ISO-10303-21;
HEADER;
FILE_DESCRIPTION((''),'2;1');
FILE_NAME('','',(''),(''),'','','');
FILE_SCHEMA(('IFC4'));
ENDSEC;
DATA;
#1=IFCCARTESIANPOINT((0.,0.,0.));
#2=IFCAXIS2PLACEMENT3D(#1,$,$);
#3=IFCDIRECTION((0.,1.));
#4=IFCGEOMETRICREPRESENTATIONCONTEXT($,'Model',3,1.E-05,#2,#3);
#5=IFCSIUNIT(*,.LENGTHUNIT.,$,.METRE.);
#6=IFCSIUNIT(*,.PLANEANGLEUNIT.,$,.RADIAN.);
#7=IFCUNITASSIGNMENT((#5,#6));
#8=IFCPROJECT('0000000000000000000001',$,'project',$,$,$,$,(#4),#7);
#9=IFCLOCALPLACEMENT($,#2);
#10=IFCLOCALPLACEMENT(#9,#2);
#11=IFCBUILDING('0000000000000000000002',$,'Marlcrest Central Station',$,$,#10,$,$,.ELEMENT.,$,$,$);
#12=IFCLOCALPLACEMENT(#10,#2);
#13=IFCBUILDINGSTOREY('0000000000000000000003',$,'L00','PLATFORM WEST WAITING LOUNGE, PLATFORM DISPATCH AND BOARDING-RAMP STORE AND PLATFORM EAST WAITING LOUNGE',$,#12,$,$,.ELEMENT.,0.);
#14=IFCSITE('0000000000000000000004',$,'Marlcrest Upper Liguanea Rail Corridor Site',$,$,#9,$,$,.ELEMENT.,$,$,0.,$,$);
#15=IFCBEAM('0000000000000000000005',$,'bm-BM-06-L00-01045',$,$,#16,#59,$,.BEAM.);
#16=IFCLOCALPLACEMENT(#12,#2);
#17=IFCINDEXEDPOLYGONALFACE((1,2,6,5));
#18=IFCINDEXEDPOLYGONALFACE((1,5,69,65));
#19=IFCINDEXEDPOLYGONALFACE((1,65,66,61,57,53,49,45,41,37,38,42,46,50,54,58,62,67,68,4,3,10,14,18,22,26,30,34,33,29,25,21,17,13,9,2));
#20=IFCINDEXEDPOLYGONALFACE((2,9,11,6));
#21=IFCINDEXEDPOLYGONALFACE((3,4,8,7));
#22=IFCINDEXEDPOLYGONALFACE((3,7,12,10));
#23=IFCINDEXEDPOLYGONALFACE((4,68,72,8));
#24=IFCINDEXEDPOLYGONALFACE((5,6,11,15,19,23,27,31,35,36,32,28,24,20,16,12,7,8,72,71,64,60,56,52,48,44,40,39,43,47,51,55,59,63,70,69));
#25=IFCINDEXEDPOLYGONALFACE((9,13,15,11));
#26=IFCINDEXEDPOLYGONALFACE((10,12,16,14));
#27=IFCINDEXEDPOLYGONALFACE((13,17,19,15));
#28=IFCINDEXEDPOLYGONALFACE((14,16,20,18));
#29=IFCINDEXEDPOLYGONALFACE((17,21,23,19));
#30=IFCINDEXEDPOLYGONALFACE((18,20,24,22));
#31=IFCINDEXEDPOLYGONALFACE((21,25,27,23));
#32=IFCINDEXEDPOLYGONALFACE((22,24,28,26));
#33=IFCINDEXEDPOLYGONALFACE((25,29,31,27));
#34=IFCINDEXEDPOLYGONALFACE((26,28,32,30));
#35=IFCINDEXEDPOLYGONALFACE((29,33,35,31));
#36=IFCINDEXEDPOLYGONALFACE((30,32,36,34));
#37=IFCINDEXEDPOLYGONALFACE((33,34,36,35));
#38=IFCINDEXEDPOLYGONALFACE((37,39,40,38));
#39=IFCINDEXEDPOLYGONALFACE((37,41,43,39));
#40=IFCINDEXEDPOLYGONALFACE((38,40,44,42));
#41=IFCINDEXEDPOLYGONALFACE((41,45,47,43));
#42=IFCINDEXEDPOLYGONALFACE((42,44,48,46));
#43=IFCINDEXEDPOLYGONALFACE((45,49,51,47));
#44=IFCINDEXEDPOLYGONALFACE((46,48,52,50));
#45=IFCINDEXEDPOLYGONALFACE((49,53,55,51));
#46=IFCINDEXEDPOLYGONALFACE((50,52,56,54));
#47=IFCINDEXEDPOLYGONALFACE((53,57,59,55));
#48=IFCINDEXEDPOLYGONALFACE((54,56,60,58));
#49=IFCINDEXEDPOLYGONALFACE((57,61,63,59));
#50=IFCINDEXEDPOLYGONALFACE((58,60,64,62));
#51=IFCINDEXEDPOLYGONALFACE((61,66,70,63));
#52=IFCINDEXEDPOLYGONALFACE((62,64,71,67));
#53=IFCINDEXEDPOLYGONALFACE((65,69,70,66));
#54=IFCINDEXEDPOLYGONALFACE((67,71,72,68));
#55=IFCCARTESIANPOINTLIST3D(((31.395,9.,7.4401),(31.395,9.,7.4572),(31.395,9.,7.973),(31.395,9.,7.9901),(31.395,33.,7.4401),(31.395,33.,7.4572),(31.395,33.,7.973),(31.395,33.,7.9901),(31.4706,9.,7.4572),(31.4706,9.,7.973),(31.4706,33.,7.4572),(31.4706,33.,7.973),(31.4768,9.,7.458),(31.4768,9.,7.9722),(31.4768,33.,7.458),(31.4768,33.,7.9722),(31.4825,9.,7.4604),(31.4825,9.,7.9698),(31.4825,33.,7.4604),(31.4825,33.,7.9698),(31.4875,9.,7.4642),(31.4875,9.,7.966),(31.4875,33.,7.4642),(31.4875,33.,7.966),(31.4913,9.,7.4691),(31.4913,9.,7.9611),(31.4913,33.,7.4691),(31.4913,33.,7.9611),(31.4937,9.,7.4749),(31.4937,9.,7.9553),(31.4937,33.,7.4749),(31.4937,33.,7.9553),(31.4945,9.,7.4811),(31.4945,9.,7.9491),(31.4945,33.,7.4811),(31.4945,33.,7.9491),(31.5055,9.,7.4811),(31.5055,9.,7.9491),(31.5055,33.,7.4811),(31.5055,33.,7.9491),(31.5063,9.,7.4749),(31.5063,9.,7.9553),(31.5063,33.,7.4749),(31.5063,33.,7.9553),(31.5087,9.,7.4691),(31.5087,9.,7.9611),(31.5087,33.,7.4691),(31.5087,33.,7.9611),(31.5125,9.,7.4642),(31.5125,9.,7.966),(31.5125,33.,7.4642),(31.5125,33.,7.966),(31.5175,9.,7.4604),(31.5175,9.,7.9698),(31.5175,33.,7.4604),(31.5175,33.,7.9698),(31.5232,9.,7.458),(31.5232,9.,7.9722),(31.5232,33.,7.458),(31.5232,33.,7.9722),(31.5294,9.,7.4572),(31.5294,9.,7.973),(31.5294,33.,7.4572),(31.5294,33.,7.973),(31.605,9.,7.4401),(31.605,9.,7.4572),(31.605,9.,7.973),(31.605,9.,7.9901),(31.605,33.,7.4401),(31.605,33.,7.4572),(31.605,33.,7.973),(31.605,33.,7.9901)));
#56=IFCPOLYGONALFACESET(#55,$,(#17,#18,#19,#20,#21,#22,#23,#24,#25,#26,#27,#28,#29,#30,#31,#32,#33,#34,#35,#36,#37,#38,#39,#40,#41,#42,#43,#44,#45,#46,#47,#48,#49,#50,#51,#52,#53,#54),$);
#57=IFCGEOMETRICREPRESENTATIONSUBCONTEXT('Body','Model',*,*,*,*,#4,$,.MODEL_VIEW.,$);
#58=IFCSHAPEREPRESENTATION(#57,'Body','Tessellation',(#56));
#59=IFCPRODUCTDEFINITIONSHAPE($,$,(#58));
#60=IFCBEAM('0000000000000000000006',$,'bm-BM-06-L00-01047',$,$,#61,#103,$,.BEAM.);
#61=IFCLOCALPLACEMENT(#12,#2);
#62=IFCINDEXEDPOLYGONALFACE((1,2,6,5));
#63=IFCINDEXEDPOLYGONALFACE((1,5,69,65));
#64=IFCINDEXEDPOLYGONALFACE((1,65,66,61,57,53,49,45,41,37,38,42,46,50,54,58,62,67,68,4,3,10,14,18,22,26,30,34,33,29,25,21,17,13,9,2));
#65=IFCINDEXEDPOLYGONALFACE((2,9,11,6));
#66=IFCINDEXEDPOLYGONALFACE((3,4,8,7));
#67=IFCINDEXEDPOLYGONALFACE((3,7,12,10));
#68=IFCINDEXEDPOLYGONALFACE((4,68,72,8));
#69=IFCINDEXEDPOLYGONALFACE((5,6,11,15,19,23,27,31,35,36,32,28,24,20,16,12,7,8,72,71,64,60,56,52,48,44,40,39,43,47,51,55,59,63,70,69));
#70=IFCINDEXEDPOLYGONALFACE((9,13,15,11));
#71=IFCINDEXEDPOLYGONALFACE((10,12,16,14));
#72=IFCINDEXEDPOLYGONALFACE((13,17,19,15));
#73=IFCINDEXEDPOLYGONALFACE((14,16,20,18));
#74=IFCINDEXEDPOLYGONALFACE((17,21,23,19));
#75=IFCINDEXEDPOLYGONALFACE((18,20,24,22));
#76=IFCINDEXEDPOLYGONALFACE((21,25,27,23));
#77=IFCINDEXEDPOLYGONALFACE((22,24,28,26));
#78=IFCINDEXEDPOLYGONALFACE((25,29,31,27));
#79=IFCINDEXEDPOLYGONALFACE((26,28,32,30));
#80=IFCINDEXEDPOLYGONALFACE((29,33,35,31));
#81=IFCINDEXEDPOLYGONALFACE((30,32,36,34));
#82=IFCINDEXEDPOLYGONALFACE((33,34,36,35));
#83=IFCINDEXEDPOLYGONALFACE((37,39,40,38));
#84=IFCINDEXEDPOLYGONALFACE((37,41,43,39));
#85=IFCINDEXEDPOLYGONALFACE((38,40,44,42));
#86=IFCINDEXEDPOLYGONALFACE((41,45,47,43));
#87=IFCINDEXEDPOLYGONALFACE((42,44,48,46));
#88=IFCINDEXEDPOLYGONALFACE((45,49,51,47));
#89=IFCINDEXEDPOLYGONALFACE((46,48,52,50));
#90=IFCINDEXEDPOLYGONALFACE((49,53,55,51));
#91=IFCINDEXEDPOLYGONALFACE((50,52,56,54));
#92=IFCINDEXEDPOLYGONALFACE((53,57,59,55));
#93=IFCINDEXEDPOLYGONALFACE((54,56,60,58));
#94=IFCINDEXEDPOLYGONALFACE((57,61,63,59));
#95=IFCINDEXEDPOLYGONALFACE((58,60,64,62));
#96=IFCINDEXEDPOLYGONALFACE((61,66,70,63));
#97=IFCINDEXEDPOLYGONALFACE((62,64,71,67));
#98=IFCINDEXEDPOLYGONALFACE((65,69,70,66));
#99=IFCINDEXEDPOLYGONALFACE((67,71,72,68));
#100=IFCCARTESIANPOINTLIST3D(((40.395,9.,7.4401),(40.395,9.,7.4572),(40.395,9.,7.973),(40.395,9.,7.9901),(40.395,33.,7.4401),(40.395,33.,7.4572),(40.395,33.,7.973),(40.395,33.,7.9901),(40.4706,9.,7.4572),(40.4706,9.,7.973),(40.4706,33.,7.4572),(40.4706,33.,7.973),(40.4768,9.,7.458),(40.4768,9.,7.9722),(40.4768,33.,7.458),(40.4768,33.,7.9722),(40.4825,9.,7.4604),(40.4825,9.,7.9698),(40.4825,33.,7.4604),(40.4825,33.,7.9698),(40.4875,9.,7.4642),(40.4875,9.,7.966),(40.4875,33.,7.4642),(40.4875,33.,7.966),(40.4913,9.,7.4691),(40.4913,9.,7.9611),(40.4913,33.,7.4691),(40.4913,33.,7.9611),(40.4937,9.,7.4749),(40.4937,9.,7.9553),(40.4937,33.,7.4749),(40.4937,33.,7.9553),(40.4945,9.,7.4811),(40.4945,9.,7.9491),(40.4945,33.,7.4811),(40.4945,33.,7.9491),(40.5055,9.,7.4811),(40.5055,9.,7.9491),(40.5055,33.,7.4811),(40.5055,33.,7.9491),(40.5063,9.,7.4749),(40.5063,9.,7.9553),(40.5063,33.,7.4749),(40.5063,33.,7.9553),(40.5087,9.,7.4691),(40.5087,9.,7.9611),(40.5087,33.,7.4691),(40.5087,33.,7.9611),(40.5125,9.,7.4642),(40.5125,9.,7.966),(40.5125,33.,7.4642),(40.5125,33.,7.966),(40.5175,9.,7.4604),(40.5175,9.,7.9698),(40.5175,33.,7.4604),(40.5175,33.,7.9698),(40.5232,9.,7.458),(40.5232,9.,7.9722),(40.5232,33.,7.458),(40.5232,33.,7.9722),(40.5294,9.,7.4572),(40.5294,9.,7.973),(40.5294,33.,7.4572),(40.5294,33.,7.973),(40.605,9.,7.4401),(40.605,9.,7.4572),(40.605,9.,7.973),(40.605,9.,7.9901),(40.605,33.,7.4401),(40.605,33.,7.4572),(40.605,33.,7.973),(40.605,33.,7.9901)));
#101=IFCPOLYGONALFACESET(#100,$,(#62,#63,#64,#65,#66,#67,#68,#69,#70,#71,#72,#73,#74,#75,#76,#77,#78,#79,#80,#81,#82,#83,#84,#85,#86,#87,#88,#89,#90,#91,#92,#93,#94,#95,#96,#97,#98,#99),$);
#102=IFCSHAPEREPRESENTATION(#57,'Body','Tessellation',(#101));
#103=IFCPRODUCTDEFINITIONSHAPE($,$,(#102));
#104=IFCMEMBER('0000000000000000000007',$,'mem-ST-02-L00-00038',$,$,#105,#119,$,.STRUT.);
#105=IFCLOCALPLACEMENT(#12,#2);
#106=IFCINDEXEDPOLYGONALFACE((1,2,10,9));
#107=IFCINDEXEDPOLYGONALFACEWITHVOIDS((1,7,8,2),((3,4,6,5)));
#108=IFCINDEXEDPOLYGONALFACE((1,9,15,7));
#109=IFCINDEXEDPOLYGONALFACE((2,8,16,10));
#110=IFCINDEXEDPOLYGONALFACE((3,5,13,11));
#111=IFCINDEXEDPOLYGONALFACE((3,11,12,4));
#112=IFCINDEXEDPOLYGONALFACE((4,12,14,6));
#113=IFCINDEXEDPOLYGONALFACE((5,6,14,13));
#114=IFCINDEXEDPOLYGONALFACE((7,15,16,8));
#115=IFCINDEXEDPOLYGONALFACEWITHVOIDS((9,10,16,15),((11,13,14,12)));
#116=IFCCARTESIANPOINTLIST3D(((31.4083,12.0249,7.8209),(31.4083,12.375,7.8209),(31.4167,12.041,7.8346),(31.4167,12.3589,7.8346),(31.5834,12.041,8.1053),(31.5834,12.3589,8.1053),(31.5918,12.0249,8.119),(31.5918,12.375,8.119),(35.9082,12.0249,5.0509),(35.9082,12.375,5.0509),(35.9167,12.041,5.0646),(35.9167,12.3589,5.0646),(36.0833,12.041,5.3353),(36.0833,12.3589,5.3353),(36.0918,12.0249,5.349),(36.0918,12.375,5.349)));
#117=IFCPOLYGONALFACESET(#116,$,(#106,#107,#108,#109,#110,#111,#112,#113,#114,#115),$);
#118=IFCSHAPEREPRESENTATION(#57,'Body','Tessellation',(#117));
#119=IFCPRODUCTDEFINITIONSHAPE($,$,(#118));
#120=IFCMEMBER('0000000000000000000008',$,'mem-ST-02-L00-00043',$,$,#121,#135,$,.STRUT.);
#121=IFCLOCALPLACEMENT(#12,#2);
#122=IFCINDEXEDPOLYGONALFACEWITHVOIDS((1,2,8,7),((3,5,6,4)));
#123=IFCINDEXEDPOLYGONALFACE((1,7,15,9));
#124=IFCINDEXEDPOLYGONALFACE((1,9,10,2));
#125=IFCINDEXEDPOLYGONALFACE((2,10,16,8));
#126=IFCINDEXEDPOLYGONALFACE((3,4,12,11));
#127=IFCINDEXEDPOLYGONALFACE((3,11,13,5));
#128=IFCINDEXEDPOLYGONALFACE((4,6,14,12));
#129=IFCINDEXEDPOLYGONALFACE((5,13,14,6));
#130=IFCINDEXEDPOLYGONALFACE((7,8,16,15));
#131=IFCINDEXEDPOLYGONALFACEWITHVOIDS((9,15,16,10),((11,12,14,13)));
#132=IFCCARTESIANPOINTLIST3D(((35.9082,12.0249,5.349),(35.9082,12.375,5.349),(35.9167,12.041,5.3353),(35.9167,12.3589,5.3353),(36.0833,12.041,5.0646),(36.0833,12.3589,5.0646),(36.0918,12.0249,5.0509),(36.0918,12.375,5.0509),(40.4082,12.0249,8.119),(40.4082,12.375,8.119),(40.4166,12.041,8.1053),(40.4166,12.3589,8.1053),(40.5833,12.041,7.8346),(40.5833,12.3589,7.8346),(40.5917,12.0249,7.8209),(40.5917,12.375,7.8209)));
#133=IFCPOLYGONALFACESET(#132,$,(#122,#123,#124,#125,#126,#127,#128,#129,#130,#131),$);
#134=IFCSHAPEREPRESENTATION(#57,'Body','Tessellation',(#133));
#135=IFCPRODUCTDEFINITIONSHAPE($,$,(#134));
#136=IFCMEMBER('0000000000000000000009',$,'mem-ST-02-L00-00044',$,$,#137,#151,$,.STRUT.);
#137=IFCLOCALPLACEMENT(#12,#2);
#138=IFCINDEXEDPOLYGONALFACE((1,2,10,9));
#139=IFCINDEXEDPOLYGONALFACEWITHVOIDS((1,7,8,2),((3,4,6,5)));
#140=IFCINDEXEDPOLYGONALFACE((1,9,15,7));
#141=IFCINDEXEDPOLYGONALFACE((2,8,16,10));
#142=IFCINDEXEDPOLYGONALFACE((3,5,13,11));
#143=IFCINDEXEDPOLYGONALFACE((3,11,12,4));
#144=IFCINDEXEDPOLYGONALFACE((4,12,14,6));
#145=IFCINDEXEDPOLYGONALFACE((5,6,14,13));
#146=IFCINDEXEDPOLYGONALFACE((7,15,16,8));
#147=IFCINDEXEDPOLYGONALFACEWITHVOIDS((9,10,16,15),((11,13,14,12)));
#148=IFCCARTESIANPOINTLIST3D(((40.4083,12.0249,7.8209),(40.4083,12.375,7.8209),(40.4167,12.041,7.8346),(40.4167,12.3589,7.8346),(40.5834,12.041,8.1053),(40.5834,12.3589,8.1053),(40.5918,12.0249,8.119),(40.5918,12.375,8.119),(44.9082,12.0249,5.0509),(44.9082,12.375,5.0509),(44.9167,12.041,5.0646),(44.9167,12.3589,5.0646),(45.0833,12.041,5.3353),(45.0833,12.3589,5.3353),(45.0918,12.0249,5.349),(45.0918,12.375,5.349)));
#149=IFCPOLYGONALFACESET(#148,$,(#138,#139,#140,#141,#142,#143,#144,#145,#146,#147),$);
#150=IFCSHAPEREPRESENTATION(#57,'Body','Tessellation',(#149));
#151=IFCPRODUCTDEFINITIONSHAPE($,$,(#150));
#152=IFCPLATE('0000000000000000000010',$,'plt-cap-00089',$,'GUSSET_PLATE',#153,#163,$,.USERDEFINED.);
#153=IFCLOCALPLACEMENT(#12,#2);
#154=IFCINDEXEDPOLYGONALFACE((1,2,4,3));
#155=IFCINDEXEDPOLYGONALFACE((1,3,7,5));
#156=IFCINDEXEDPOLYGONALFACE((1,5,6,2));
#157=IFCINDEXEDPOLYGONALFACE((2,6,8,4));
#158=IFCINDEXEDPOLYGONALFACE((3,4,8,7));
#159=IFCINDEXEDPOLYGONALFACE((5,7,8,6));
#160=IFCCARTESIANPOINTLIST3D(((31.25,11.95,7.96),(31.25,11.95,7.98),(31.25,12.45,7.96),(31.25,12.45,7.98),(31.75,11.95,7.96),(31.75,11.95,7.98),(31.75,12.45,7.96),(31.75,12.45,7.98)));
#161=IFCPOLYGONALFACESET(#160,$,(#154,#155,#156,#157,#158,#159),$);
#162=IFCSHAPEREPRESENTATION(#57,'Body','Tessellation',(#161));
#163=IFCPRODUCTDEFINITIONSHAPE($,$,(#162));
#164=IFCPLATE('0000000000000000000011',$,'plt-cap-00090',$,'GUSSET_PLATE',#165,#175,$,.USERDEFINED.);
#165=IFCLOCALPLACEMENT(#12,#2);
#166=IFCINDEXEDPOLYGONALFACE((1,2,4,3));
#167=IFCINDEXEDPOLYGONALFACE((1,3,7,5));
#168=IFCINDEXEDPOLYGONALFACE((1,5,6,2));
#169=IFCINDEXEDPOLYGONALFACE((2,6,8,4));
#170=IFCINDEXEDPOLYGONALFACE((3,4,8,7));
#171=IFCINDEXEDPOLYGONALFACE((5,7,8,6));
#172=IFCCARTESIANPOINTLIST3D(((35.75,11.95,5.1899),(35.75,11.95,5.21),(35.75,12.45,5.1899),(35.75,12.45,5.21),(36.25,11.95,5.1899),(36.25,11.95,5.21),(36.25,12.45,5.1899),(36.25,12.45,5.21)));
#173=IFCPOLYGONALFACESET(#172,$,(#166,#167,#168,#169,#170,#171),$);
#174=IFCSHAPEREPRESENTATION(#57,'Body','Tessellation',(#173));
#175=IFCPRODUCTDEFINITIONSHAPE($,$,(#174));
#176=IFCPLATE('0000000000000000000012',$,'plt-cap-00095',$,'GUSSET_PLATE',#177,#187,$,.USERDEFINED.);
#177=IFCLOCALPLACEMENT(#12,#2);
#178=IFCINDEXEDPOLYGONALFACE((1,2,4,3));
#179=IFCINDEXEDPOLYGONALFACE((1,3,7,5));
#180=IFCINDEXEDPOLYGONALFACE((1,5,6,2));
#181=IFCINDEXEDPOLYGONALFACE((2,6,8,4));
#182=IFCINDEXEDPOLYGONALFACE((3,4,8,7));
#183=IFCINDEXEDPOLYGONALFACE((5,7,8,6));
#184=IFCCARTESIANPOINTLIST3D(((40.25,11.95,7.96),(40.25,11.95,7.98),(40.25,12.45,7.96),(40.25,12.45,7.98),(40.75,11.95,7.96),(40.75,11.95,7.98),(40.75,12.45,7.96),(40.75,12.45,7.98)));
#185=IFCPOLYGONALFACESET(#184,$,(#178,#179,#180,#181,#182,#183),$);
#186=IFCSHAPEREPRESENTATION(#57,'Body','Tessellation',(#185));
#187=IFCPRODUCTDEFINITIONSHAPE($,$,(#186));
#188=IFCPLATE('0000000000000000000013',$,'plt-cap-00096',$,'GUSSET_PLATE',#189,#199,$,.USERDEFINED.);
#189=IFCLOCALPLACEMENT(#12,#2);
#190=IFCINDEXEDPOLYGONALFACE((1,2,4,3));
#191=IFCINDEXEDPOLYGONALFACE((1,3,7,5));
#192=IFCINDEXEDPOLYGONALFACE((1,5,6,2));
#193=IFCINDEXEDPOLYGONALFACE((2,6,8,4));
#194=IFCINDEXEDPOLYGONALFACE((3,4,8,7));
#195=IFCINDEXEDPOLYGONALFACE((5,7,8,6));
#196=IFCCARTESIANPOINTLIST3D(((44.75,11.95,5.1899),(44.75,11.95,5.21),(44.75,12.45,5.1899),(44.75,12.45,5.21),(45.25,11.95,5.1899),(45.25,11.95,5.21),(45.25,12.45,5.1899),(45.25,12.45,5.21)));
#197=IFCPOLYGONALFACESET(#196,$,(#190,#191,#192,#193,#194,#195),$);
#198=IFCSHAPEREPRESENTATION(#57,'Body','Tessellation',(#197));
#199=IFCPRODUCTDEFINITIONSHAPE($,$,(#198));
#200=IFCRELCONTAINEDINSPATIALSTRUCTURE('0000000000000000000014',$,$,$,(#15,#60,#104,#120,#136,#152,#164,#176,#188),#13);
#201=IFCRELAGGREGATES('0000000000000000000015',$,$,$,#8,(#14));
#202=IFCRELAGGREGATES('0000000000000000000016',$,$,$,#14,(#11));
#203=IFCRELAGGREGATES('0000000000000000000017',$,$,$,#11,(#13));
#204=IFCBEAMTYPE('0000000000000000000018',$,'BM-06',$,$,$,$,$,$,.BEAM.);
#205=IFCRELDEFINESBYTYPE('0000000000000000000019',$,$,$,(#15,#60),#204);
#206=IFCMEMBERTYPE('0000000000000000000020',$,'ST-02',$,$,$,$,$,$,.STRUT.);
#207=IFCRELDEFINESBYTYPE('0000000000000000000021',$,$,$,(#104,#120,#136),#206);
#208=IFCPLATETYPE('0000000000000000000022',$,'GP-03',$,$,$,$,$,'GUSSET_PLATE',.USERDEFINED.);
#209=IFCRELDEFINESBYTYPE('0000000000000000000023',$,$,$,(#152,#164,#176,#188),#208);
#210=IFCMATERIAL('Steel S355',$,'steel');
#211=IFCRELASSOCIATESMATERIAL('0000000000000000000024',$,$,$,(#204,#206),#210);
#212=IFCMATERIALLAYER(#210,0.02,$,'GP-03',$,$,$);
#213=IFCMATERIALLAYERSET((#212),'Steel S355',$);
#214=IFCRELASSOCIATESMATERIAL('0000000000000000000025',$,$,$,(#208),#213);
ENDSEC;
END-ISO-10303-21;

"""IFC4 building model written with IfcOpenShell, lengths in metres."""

from ifc_helpers import new_model, si_unit, direction, frame, origin, origin_2d, place, context, subcontext, project, spatial, rectangle, hollow_rectangle, i_section, extrude, material, layer, layer_set, material_profile, profile_set, type_object, element, save


model = new_model("IFC4")

# Units and contexts
model_context = context("Model", 3, precision=1e-05, world=origin(), true_north=direction((0.0, 1.0)))
body_context = subcontext(model_context, "Body", "Model", "MODEL_VIEW")
ifc_project = project(units=[si_unit("LENGTHUNIT", "METRE"), si_unit("PLANEANGLEUNIT", "RADIAN")], contexts=[model_context])

# Site, building, storey
site_placement = place(None, origin())
site = spatial("IfcSite", under=ifc_project, at=site_placement, Name="Marlcrest Upper Liguanea Rail Corridor Site", CompositionType="ELEMENT", RefElevation=0.0)
building_placement = place(site_placement, origin())
building = spatial("IfcBuilding", under=site, at=building_placement, Name="Marlcrest Central Station", CompositionType="ELEMENT")
storey_placement = place(building_placement, origin())
storey = spatial("IfcBuildingStorey", under=building, at=storey_placement, Name="L00", Description="PLATFORM WEST WAITING LOUNGE, PLATFORM DISPATCH AND BOARDING-RAMP STORE AND PLATFORM EAST WAITING LOUNGE", CompositionType="ELEMENT", Elevation=0.0)

# Shared definitions
ifc_material_1 = material(Name="Steel S355", Category="steel")

# Beams
ifc_material_profile_1 = material_profile(ifc_material_1, i_section(OverallWidth=0.21, OverallDepth=0.55, WebThickness=0.011, FlangeThickness=0.0171, FilletRadius=0.0239, at=origin_2d()), Name="IPE 550")
ifc_profile_set_1 = profile_set([ifc_material_profile_1], Name="Steel S355")
beam_type_1 = type_object("IfcBeamType", Name="BM-06", PredefinedType="BEAM", material=ifc_profile_set_1)
for number, where, z_axis, x_axis, name in (
    (1, (31.5, 9.0, 7.7151), (0.0, 1.0, 0.0), (-1.0, 0.0, 0.0), "bm-BM-06-L00-01045"),
    (2, (40.5, 9.0, 7.7151), (0.0, 1.0, 0.0), (-1.0, 0.0, 0.0), "bm-BM-06-L00-01047"),
):
    element("IfcBeam", number, at=place(storey_placement, frame(where, z_axis=z_axis, x_axis=x_axis)), inside=storey, type_object=beam_type_1, Name=name, PredefinedType="BEAM", context=body_context, shape_type="SweptSolid", body=[
        extrude(i_section(OverallWidth=0.21, OverallDepth=0.55, WebThickness=0.011, FlangeThickness=0.0171, FilletRadius=0.0239, at=origin_2d()), origin(), (0.0, 0.0, 1.0), 24.0),
    ])

# Members
ifc_material_profile_2 = material_profile(ifc_material_1, hollow_rectangle(XDim=0.3501, YDim=0.3501, WallThickness=0.0161, at=origin_2d()), Name="SHS 350x350x16")
ifc_profile_set_2 = profile_set([ifc_material_profile_2], Name="Steel S355")
member_type = type_object("IfcMemberType", Name="ST-02", PredefinedType="STRUT", material=ifc_profile_set_2)
for number, where, z_axis, x_axis, name in (
    (3, (36.0, 12.2, 5.2), (-0.851592, 0.0, 0.524206), (0.0, -1.0, 0.0), "mem-ST-02-L00-00038"),
    (4, (36.0, 12.2, 5.2), (0.851592, 0.0, 0.524206), (0.0, 1.0, 0.0), "mem-ST-02-L00-00043"),
    (5, (45.0, 12.2, 5.2), (-0.851592, 0.0, 0.524206), (0.0, -1.0, 0.0), "mem-ST-02-L00-00044"),
):
    element("IfcMember", number, at=place(storey_placement, frame(where, z_axis=z_axis, x_axis=x_axis)), inside=storey, type_object=member_type, Name=name, PredefinedType="STRUT", context=body_context, shape_type="SweptSolid", body=[
        extrude(hollow_rectangle(XDim=0.3501, YDim=0.3501, WallThickness=0.0161, at=origin_2d()), origin(), (0.0, 0.0, 1.0), 5.2842),
    ])

# Plates
ifc_layer_1 = layer(ifc_material_1, 0.02, Name="GP-03")
ifc_layer_set_1 = layer_set([ifc_layer_1], Name="Steel S355")
plate_type = type_object("IfcPlateType", Name="GP-03", ElementType="GUSSET_PLATE", PredefinedType="USERDEFINED", material=ifc_layer_set_1)
for number, where, z_axis, x_axis, name in (
    (6, (31.5, 12.2, 7.96), (0.0, 0.0, 1.0), (1.0, 0.0, 0.0), "plt-cap-00089"),
    (7, (36.0, 12.2, 5.1899), (0.0, 0.0, 1.0), (1.0, 0.0, 0.0), "plt-cap-00090"),
    (8, (40.5, 12.2, 7.96), (0.0, 0.0, 1.0), (1.0, 0.0, 0.0), "plt-cap-00095"),
    (9, (45.0, 12.2, 5.1899), (0.0, 0.0, 1.0), (1.0, 0.0, 0.0), "plt-cap-00096"),
):
    element("IfcPlate", number, at=place(storey_placement, frame(where, z_axis=z_axis, x_axis=x_axis)), inside=storey, type_object=plate_type, Name=name, ObjectType="GUSSET_PLATE", PredefinedType="USERDEFINED", context=body_context, shape_type="SweptSolid", body=[
        extrude(rectangle(XDim=0.5, YDim=0.5, at=origin_2d()), origin(), (0.0, 0.0, 1.0), 0.02),
    ])

save(model, "model.ifc")
